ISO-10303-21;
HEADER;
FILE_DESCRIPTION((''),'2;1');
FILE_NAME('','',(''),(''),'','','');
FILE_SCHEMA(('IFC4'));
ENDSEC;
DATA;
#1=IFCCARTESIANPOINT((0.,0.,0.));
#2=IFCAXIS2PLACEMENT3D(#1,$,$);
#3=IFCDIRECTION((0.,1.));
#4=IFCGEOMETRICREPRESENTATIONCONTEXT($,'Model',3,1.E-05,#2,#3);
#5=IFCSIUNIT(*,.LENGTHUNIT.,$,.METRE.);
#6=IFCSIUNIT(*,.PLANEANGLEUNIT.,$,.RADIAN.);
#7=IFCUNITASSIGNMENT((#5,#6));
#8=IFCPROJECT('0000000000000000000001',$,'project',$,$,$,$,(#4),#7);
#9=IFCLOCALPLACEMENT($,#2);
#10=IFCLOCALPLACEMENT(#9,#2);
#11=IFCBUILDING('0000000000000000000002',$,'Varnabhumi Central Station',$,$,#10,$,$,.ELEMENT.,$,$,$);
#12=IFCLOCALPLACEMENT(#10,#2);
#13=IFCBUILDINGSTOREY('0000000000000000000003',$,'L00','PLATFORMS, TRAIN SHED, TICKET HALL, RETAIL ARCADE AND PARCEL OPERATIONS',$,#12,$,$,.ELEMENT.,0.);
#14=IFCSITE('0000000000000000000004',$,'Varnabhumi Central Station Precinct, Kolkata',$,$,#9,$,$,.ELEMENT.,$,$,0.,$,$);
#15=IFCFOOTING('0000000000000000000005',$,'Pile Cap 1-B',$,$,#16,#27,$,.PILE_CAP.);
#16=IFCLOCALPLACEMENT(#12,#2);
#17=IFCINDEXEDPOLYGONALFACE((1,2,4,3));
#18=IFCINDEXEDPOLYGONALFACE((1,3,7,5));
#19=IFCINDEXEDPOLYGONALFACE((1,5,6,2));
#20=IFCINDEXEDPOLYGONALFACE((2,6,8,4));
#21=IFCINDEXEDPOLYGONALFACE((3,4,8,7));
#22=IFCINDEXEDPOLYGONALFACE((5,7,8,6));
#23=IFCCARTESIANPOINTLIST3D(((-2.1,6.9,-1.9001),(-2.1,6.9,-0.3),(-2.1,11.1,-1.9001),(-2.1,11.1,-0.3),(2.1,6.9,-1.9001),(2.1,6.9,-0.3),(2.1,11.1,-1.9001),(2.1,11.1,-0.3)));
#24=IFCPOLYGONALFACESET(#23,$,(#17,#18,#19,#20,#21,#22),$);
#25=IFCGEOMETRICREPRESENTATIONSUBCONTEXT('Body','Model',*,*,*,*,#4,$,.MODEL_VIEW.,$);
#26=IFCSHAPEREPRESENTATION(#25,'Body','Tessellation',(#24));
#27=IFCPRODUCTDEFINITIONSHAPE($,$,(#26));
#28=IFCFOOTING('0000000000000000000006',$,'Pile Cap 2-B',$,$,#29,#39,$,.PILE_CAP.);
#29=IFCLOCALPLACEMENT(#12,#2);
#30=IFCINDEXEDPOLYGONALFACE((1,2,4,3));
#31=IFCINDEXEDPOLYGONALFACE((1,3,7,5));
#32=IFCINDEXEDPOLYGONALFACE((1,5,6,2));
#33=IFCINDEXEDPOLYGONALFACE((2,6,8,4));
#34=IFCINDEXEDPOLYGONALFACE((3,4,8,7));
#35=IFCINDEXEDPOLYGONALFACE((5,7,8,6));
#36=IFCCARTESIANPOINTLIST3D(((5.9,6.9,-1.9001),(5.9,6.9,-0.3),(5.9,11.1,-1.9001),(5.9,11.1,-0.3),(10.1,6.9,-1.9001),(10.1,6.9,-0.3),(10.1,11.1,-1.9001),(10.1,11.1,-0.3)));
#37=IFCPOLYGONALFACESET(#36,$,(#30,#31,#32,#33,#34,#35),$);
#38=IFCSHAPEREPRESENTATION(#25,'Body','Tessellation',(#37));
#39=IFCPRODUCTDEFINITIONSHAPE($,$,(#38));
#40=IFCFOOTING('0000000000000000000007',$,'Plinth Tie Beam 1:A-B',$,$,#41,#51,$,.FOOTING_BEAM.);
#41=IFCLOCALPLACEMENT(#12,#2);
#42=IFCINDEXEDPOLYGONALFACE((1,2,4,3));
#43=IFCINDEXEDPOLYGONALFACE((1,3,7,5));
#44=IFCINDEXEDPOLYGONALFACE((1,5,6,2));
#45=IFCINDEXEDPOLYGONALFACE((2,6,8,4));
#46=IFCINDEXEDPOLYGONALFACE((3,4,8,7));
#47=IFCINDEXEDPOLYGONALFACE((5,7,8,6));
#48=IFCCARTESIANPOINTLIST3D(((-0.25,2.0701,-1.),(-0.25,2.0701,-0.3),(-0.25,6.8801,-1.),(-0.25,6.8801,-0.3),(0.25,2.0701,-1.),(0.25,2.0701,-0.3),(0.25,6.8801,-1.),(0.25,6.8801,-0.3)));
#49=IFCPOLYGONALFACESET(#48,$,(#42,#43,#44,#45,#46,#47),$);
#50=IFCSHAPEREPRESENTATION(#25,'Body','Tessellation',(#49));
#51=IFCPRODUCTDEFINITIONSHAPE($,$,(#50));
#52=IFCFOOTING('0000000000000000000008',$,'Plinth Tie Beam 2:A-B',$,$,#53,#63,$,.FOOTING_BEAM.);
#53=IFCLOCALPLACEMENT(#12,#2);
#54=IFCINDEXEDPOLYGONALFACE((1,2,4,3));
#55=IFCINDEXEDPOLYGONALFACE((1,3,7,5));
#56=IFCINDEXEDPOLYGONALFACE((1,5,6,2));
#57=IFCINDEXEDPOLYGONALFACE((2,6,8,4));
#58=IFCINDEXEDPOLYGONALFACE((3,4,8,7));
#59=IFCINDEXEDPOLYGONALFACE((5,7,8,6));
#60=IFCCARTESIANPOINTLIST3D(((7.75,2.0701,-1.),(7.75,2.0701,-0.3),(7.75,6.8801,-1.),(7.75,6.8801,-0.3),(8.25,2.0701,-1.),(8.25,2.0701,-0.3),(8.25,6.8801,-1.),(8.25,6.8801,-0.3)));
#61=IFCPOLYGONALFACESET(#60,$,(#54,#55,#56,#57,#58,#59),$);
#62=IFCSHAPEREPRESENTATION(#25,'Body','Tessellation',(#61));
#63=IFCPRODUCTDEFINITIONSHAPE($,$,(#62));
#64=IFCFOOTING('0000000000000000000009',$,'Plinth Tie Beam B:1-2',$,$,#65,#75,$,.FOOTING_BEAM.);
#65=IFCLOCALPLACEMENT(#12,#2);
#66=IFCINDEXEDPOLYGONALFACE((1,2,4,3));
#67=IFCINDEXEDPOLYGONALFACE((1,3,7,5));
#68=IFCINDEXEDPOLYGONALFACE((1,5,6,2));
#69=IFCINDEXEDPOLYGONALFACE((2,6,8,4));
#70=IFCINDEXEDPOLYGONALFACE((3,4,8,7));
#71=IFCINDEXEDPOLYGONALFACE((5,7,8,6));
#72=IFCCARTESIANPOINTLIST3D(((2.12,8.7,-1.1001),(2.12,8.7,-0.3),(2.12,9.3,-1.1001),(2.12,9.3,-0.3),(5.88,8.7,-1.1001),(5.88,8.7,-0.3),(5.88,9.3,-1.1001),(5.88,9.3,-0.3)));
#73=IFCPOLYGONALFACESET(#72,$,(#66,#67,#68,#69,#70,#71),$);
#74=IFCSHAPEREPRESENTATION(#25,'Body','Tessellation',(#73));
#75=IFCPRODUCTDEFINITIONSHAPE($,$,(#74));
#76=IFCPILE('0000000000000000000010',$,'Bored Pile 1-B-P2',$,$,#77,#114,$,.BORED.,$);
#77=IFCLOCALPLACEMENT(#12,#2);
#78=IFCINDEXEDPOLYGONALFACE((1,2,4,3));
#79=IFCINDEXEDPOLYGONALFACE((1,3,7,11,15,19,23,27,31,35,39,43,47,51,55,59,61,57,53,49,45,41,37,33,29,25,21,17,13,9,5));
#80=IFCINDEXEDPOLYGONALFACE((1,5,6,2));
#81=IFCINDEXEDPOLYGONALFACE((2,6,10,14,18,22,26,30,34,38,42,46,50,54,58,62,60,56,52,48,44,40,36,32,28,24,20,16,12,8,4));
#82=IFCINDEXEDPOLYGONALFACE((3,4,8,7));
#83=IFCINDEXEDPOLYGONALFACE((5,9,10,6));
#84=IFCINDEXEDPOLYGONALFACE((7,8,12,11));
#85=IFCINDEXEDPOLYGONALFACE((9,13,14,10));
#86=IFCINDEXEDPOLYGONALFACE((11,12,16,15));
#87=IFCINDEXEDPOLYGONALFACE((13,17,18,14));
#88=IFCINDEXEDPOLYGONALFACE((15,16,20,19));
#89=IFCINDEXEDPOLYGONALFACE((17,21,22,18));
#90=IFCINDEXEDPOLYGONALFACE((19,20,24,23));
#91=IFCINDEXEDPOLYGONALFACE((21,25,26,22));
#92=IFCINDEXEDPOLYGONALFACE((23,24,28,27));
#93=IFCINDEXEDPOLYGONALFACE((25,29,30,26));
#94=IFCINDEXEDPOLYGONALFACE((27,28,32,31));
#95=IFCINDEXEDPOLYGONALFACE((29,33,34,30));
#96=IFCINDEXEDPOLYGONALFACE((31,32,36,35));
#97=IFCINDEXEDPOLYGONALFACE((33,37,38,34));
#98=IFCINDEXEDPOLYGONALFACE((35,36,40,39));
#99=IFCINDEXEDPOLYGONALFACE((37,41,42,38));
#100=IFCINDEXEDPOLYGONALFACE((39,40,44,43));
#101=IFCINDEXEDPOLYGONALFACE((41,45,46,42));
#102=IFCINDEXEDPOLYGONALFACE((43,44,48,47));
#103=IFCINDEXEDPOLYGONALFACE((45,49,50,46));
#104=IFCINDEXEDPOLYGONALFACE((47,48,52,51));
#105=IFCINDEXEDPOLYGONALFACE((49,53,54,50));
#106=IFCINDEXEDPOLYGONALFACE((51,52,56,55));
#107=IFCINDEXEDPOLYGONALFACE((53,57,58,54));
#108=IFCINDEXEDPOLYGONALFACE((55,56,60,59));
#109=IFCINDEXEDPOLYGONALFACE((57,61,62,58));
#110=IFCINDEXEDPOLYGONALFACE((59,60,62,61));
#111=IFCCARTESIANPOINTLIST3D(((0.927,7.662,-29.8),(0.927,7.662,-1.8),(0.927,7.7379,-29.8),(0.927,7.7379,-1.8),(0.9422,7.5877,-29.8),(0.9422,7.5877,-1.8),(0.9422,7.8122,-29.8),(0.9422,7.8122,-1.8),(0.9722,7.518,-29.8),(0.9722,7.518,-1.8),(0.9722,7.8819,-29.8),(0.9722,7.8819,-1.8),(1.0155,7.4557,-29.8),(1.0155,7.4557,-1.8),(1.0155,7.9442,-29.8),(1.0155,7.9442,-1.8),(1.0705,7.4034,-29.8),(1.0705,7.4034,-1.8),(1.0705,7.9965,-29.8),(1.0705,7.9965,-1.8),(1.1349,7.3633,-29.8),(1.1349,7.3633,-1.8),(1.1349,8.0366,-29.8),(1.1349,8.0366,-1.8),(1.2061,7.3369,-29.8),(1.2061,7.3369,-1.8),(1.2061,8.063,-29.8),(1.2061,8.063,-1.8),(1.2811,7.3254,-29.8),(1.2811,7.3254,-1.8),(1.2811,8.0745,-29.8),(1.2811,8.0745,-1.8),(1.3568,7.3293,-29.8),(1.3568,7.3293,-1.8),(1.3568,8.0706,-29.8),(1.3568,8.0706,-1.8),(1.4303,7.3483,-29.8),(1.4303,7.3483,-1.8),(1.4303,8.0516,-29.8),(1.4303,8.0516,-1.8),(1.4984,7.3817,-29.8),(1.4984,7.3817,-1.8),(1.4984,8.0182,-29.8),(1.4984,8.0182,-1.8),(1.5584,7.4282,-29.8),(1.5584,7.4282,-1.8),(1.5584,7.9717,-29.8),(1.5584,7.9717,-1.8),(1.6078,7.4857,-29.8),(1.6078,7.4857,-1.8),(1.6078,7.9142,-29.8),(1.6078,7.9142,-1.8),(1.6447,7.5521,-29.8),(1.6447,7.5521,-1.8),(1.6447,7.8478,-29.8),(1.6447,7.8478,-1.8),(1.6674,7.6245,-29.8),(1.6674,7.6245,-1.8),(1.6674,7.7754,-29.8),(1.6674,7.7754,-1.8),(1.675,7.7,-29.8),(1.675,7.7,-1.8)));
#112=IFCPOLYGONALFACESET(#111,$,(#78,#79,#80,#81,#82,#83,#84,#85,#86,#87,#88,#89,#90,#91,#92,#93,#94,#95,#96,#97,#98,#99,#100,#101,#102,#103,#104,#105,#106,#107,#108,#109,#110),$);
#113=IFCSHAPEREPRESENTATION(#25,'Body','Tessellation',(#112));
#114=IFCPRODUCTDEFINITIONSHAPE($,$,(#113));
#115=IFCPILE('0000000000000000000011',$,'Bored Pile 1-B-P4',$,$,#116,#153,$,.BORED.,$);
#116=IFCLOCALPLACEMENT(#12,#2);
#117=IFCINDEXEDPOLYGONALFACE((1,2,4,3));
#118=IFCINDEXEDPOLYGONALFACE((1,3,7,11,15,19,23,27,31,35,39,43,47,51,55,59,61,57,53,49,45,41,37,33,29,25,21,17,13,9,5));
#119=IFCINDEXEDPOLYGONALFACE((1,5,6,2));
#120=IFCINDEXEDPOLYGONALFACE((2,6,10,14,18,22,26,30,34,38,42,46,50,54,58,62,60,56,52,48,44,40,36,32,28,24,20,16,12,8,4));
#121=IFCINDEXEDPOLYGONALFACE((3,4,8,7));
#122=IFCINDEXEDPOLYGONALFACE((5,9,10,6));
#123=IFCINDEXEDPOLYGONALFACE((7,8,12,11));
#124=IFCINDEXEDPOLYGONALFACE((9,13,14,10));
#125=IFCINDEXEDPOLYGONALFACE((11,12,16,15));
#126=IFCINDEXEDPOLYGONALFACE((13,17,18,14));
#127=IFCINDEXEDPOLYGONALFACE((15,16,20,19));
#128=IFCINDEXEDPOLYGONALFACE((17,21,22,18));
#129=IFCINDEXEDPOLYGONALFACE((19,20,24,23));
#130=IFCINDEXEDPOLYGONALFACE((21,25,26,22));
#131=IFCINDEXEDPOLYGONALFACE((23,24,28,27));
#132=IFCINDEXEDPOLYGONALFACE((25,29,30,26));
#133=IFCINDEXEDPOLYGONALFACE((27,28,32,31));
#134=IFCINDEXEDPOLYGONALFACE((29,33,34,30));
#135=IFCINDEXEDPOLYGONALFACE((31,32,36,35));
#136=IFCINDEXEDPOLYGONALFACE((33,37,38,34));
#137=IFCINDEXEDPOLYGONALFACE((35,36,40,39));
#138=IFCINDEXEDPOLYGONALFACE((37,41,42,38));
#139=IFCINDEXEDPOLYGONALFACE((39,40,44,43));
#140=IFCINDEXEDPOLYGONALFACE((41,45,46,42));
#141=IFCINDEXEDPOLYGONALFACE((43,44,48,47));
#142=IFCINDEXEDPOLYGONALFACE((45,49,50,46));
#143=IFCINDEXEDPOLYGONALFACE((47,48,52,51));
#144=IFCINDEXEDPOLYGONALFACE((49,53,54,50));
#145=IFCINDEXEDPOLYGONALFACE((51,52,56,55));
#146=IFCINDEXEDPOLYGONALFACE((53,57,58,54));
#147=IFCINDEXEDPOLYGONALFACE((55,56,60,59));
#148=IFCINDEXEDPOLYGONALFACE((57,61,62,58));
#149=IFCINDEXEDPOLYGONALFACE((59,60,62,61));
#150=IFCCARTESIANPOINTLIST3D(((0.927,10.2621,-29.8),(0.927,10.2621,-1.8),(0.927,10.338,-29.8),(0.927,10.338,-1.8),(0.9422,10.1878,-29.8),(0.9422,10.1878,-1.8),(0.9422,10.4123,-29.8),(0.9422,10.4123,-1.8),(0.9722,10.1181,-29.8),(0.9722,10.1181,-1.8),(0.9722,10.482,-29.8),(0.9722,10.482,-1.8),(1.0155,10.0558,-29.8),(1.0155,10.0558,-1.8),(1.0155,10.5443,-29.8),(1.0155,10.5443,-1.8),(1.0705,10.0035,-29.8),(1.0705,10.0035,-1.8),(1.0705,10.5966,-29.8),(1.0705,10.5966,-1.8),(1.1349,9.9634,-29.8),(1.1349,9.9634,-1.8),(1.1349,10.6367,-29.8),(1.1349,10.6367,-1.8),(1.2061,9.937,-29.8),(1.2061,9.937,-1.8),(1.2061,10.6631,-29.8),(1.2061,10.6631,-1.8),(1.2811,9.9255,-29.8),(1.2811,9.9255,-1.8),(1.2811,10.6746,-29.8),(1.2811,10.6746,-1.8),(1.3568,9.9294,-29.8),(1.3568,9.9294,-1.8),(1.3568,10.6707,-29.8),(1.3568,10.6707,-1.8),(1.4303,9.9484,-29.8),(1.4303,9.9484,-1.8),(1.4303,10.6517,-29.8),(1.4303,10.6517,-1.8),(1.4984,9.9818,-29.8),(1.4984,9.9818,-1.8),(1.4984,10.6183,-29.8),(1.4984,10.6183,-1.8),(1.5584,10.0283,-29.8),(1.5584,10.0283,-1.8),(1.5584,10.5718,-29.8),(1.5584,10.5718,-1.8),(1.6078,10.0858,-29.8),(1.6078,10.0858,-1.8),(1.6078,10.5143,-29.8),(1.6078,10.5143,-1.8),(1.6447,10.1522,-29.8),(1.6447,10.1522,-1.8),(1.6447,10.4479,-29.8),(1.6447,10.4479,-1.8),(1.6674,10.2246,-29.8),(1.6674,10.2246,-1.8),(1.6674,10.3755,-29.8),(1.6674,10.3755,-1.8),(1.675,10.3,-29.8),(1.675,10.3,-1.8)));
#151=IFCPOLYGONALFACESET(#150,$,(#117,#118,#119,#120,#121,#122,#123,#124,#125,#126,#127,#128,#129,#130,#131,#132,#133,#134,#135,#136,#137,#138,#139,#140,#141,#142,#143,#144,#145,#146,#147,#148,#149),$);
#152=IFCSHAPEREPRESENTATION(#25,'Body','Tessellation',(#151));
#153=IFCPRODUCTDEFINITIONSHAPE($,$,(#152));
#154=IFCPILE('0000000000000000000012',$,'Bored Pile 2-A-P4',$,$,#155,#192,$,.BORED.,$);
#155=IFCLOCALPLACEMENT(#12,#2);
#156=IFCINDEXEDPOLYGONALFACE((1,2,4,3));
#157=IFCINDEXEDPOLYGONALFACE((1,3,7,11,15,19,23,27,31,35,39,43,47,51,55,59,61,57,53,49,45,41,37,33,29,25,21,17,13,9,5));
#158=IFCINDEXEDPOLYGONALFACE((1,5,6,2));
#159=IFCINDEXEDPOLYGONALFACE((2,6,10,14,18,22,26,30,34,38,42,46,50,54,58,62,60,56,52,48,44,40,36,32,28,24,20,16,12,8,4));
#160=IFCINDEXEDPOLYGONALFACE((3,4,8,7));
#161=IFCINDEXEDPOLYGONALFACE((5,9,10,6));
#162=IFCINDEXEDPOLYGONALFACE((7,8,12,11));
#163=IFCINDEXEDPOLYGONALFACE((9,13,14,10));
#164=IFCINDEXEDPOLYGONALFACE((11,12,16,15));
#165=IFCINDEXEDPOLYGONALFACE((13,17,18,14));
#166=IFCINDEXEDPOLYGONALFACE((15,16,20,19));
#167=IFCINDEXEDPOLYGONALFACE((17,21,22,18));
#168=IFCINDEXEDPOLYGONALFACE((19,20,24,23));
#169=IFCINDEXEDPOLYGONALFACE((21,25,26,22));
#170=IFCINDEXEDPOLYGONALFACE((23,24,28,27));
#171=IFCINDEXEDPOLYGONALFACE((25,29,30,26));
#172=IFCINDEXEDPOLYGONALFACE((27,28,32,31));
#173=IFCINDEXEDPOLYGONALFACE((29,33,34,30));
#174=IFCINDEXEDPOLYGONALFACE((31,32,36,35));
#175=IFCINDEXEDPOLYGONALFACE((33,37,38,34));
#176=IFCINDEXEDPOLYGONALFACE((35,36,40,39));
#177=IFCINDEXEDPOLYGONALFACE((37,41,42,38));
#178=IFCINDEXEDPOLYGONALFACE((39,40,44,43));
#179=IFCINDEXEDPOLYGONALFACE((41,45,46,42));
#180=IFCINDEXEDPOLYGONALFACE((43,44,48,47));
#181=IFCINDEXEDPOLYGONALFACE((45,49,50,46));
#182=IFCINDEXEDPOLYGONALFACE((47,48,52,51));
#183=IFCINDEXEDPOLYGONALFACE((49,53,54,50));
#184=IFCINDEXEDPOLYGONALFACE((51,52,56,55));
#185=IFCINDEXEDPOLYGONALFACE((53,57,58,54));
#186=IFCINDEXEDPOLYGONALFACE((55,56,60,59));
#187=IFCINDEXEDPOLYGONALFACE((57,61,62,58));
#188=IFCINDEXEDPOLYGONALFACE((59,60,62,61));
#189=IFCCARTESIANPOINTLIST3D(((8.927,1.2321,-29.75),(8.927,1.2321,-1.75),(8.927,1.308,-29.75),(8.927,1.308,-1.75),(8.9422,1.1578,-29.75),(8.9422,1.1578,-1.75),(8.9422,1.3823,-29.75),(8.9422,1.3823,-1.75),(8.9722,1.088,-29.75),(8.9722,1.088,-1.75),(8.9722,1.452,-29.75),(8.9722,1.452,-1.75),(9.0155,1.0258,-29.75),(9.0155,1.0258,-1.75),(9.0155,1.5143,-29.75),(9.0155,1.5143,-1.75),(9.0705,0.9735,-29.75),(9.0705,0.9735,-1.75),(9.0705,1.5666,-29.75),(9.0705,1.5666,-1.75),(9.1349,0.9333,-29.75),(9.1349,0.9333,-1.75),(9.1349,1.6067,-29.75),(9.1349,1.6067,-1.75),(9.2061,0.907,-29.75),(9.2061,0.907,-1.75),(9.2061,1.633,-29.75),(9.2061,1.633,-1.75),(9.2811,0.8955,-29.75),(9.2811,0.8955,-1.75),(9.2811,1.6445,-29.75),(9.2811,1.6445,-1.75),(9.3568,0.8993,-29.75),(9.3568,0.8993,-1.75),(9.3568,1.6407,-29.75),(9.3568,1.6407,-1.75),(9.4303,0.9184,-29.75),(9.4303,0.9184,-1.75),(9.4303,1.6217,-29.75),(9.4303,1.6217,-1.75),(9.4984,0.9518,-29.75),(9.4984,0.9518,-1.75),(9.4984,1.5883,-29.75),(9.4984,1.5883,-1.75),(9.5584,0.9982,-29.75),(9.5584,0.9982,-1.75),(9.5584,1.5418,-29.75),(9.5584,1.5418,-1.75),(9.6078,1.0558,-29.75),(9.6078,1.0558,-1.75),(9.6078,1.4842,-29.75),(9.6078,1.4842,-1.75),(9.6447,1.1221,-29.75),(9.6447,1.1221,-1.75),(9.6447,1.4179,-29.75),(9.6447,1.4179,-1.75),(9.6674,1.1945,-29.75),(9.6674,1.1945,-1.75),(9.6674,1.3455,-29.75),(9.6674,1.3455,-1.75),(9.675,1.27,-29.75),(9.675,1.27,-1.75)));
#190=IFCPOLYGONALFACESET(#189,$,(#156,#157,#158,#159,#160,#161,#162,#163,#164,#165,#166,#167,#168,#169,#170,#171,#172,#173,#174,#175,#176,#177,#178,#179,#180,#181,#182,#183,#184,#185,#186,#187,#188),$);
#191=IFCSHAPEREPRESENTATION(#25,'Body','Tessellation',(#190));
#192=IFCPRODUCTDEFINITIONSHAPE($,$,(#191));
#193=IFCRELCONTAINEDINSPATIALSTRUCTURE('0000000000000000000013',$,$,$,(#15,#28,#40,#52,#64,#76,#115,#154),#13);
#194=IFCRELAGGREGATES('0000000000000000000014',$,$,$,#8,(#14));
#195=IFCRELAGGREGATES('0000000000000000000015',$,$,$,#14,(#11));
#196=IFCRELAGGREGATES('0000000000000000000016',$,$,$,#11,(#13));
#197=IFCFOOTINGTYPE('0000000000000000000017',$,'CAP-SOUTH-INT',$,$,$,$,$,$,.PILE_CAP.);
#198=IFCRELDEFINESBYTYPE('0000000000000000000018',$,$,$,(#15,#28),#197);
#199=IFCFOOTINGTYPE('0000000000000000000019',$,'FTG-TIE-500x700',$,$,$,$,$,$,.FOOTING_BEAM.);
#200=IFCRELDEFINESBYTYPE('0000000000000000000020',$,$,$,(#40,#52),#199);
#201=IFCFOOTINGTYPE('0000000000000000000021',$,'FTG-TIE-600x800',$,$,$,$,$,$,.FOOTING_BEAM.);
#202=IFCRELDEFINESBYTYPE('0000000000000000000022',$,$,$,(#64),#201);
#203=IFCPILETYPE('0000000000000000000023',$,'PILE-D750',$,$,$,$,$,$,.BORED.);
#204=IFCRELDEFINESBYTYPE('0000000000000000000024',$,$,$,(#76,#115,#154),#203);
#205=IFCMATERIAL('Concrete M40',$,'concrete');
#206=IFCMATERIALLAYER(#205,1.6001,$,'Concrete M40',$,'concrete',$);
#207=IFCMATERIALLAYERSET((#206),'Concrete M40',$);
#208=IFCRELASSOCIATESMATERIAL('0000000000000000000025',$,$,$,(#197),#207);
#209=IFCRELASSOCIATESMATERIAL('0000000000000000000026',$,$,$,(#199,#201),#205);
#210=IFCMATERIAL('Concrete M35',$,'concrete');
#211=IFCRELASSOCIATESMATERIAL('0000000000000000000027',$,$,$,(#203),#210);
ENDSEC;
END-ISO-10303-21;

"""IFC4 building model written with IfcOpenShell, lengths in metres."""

from ifc_helpers import new_model, si_unit, direction, frame, origin, origin_2d, place, context, subcontext, project, spatial, rectangle, circle, extrude, material, layer, layer_set, material_profile, profile_set, type_object, element, save


model = new_model("IFC4")

# Units and contexts
model_context = context("Model", 3, precision=1e-05, world=origin(), true_north=direction((0.0, 1.0)))
body_context = subcontext(model_context, "Body", "Model", "MODEL_VIEW")
ifc_project = project(units=[si_unit("LENGTHUNIT", "METRE"), si_unit("PLANEANGLEUNIT", "RADIAN")], contexts=[model_context])

# Site, building, storey
site_placement = place(None, origin())
site = spatial("IfcSite", under=ifc_project, at=site_placement, Name="Varnabhumi Central Station Precinct, Kolkata", CompositionType="ELEMENT", RefElevation=0.0)
building_placement = place(site_placement, origin())
building = spatial("IfcBuilding", under=site, at=building_placement, Name="Varnabhumi Central Station", CompositionType="ELEMENT")
storey_placement = place(building_placement, origin())
storey = spatial("IfcBuildingStorey", under=building, at=storey_placement, Name="L00", Description="PLATFORMS, TRAIN SHED, TICKET HALL, RETAIL ARCADE AND PARCEL OPERATIONS", CompositionType="ELEMENT", Elevation=0.0)

# Footings
ifc_material_1 = material(Name="Concrete M40", Category="concrete")
ifc_layer_1 = layer(ifc_material_1, 1.6001, Name="Concrete M40", Category="concrete")
ifc_layer_set_1 = layer_set([ifc_layer_1], Name="Concrete M40")
footing_type_1 = type_object("IfcFootingType", Name="CAP-SOUTH-INT", PredefinedType="PILE_CAP", material=ifc_layer_set_1)
for number, where, z_axis, x_axis, name in (
    (1, (0.0, 9.0, -1.9001), (0.0, 0.0, 1.0), (1.0, 0.0, 0.0), "Pile Cap 1-B"),
    (2, (8.0, 9.0, -1.9001), (0.0, 0.0, 1.0), (1.0, 0.0, 0.0), "Pile Cap 2-B"),
):
    element("IfcFooting", number, at=place(storey_placement, frame(where, z_axis=z_axis, x_axis=x_axis)), inside=storey, type_object=footing_type_1, Name=name, PredefinedType="PILE_CAP", context=body_context, shape_type="SweptSolid", body=[
        extrude(rectangle(XDim=4.2, YDim=4.2, at=origin_2d()), origin(), (0.0, 0.0, 1.0), 1.6001),
    ])
footing_type_2 = type_object("IfcFootingType", Name="FTG-TIE-500x700", PredefinedType="FOOTING_BEAM", material=ifc_material_1)
for number, where, z_axis, x_axis, name in (
    (3, (0.0, 4.4751, -1.0), (0.0, 0.0, 1.0), (1.0, 0.0, 0.0), "Plinth Tie Beam 1:A-B"),
    (4, (8.0, 4.4751, -1.0), (0.0, 0.0, 1.0), (1.0, 0.0, 0.0), "Plinth Tie Beam 2:A-B"),
):
    element("IfcFooting", number, at=place(storey_placement, frame(where, z_axis=z_axis, x_axis=x_axis)), inside=storey, type_object=footing_type_2, Name=name, PredefinedType="FOOTING_BEAM", context=body_context, shape_type="SweptSolid", body=[
        extrude(rectangle(XDim=0.5, YDim=4.8101, at=origin_2d()), origin(), (0.0, 0.0, 1.0), 0.7),
    ])
footing_type_3 = type_object("IfcFootingType", Name="FTG-TIE-600x800", PredefinedType="FOOTING_BEAM", material=ifc_material_1)
footing_placement = place(storey_placement, frame((4.0, 9.0, -1.1001), z_axis=(0.0, 0.0, 1.0), x_axis=(1.0, 0.0, 0.0)))
element("IfcFooting", 5, at=footing_placement, inside=storey, type_object=footing_type_3, Name="Plinth Tie Beam B:1-2", PredefinedType="FOOTING_BEAM", context=body_context, shape_type="SweptSolid", body=[
    extrude(rectangle(XDim=3.76, YDim=0.6001, at=origin_2d()), origin(), (0.0, 0.0, 1.0), 0.8),
])

# Piles
ifc_material_2 = material(Name="Concrete M35", Category="concrete")
ifc_material_profile_1 = material_profile(ifc_material_2, circle(Radius=0.375, at=origin_2d()), Name="Concrete M35", Category="concrete")
ifc_profile_set_1 = profile_set([ifc_material_profile_1], Name="Concrete M35")
pile_type = type_object("IfcPileType", Name="PILE-D750", PredefinedType="BORED", material=ifc_profile_set_1)
for number, where, z_axis, x_axis, name in (
    (6, (1.3, 7.7, -1.8), (0.0, 0.0, -1.0), (1.0, 0.0, 0.0), "Bored Pile 1-B-P2"),
    (7, (1.3, 10.3, -1.8), (0.0, 0.0, -1.0), (1.0, 0.0, 0.0), "Bored Pile 1-B-P4"),
    (8, (9.3, 1.27, -1.75), (0.0, 0.0, -1.0), (1.0, 0.0, 0.0), "Bored Pile 2-A-P4"),
):
    element("IfcPile", number, at=place(storey_placement, frame(where, z_axis=z_axis, x_axis=x_axis)), inside=storey, type_object=pile_type, Name=name, PredefinedType="BORED", context=body_context, shape_type="SweptSolid", body=[
        extrude(circle(Radius=0.375, at=origin_2d()), origin(), (0.0, 0.0, 1.0), 28.0),
    ])

save(model, "model.ifc")
